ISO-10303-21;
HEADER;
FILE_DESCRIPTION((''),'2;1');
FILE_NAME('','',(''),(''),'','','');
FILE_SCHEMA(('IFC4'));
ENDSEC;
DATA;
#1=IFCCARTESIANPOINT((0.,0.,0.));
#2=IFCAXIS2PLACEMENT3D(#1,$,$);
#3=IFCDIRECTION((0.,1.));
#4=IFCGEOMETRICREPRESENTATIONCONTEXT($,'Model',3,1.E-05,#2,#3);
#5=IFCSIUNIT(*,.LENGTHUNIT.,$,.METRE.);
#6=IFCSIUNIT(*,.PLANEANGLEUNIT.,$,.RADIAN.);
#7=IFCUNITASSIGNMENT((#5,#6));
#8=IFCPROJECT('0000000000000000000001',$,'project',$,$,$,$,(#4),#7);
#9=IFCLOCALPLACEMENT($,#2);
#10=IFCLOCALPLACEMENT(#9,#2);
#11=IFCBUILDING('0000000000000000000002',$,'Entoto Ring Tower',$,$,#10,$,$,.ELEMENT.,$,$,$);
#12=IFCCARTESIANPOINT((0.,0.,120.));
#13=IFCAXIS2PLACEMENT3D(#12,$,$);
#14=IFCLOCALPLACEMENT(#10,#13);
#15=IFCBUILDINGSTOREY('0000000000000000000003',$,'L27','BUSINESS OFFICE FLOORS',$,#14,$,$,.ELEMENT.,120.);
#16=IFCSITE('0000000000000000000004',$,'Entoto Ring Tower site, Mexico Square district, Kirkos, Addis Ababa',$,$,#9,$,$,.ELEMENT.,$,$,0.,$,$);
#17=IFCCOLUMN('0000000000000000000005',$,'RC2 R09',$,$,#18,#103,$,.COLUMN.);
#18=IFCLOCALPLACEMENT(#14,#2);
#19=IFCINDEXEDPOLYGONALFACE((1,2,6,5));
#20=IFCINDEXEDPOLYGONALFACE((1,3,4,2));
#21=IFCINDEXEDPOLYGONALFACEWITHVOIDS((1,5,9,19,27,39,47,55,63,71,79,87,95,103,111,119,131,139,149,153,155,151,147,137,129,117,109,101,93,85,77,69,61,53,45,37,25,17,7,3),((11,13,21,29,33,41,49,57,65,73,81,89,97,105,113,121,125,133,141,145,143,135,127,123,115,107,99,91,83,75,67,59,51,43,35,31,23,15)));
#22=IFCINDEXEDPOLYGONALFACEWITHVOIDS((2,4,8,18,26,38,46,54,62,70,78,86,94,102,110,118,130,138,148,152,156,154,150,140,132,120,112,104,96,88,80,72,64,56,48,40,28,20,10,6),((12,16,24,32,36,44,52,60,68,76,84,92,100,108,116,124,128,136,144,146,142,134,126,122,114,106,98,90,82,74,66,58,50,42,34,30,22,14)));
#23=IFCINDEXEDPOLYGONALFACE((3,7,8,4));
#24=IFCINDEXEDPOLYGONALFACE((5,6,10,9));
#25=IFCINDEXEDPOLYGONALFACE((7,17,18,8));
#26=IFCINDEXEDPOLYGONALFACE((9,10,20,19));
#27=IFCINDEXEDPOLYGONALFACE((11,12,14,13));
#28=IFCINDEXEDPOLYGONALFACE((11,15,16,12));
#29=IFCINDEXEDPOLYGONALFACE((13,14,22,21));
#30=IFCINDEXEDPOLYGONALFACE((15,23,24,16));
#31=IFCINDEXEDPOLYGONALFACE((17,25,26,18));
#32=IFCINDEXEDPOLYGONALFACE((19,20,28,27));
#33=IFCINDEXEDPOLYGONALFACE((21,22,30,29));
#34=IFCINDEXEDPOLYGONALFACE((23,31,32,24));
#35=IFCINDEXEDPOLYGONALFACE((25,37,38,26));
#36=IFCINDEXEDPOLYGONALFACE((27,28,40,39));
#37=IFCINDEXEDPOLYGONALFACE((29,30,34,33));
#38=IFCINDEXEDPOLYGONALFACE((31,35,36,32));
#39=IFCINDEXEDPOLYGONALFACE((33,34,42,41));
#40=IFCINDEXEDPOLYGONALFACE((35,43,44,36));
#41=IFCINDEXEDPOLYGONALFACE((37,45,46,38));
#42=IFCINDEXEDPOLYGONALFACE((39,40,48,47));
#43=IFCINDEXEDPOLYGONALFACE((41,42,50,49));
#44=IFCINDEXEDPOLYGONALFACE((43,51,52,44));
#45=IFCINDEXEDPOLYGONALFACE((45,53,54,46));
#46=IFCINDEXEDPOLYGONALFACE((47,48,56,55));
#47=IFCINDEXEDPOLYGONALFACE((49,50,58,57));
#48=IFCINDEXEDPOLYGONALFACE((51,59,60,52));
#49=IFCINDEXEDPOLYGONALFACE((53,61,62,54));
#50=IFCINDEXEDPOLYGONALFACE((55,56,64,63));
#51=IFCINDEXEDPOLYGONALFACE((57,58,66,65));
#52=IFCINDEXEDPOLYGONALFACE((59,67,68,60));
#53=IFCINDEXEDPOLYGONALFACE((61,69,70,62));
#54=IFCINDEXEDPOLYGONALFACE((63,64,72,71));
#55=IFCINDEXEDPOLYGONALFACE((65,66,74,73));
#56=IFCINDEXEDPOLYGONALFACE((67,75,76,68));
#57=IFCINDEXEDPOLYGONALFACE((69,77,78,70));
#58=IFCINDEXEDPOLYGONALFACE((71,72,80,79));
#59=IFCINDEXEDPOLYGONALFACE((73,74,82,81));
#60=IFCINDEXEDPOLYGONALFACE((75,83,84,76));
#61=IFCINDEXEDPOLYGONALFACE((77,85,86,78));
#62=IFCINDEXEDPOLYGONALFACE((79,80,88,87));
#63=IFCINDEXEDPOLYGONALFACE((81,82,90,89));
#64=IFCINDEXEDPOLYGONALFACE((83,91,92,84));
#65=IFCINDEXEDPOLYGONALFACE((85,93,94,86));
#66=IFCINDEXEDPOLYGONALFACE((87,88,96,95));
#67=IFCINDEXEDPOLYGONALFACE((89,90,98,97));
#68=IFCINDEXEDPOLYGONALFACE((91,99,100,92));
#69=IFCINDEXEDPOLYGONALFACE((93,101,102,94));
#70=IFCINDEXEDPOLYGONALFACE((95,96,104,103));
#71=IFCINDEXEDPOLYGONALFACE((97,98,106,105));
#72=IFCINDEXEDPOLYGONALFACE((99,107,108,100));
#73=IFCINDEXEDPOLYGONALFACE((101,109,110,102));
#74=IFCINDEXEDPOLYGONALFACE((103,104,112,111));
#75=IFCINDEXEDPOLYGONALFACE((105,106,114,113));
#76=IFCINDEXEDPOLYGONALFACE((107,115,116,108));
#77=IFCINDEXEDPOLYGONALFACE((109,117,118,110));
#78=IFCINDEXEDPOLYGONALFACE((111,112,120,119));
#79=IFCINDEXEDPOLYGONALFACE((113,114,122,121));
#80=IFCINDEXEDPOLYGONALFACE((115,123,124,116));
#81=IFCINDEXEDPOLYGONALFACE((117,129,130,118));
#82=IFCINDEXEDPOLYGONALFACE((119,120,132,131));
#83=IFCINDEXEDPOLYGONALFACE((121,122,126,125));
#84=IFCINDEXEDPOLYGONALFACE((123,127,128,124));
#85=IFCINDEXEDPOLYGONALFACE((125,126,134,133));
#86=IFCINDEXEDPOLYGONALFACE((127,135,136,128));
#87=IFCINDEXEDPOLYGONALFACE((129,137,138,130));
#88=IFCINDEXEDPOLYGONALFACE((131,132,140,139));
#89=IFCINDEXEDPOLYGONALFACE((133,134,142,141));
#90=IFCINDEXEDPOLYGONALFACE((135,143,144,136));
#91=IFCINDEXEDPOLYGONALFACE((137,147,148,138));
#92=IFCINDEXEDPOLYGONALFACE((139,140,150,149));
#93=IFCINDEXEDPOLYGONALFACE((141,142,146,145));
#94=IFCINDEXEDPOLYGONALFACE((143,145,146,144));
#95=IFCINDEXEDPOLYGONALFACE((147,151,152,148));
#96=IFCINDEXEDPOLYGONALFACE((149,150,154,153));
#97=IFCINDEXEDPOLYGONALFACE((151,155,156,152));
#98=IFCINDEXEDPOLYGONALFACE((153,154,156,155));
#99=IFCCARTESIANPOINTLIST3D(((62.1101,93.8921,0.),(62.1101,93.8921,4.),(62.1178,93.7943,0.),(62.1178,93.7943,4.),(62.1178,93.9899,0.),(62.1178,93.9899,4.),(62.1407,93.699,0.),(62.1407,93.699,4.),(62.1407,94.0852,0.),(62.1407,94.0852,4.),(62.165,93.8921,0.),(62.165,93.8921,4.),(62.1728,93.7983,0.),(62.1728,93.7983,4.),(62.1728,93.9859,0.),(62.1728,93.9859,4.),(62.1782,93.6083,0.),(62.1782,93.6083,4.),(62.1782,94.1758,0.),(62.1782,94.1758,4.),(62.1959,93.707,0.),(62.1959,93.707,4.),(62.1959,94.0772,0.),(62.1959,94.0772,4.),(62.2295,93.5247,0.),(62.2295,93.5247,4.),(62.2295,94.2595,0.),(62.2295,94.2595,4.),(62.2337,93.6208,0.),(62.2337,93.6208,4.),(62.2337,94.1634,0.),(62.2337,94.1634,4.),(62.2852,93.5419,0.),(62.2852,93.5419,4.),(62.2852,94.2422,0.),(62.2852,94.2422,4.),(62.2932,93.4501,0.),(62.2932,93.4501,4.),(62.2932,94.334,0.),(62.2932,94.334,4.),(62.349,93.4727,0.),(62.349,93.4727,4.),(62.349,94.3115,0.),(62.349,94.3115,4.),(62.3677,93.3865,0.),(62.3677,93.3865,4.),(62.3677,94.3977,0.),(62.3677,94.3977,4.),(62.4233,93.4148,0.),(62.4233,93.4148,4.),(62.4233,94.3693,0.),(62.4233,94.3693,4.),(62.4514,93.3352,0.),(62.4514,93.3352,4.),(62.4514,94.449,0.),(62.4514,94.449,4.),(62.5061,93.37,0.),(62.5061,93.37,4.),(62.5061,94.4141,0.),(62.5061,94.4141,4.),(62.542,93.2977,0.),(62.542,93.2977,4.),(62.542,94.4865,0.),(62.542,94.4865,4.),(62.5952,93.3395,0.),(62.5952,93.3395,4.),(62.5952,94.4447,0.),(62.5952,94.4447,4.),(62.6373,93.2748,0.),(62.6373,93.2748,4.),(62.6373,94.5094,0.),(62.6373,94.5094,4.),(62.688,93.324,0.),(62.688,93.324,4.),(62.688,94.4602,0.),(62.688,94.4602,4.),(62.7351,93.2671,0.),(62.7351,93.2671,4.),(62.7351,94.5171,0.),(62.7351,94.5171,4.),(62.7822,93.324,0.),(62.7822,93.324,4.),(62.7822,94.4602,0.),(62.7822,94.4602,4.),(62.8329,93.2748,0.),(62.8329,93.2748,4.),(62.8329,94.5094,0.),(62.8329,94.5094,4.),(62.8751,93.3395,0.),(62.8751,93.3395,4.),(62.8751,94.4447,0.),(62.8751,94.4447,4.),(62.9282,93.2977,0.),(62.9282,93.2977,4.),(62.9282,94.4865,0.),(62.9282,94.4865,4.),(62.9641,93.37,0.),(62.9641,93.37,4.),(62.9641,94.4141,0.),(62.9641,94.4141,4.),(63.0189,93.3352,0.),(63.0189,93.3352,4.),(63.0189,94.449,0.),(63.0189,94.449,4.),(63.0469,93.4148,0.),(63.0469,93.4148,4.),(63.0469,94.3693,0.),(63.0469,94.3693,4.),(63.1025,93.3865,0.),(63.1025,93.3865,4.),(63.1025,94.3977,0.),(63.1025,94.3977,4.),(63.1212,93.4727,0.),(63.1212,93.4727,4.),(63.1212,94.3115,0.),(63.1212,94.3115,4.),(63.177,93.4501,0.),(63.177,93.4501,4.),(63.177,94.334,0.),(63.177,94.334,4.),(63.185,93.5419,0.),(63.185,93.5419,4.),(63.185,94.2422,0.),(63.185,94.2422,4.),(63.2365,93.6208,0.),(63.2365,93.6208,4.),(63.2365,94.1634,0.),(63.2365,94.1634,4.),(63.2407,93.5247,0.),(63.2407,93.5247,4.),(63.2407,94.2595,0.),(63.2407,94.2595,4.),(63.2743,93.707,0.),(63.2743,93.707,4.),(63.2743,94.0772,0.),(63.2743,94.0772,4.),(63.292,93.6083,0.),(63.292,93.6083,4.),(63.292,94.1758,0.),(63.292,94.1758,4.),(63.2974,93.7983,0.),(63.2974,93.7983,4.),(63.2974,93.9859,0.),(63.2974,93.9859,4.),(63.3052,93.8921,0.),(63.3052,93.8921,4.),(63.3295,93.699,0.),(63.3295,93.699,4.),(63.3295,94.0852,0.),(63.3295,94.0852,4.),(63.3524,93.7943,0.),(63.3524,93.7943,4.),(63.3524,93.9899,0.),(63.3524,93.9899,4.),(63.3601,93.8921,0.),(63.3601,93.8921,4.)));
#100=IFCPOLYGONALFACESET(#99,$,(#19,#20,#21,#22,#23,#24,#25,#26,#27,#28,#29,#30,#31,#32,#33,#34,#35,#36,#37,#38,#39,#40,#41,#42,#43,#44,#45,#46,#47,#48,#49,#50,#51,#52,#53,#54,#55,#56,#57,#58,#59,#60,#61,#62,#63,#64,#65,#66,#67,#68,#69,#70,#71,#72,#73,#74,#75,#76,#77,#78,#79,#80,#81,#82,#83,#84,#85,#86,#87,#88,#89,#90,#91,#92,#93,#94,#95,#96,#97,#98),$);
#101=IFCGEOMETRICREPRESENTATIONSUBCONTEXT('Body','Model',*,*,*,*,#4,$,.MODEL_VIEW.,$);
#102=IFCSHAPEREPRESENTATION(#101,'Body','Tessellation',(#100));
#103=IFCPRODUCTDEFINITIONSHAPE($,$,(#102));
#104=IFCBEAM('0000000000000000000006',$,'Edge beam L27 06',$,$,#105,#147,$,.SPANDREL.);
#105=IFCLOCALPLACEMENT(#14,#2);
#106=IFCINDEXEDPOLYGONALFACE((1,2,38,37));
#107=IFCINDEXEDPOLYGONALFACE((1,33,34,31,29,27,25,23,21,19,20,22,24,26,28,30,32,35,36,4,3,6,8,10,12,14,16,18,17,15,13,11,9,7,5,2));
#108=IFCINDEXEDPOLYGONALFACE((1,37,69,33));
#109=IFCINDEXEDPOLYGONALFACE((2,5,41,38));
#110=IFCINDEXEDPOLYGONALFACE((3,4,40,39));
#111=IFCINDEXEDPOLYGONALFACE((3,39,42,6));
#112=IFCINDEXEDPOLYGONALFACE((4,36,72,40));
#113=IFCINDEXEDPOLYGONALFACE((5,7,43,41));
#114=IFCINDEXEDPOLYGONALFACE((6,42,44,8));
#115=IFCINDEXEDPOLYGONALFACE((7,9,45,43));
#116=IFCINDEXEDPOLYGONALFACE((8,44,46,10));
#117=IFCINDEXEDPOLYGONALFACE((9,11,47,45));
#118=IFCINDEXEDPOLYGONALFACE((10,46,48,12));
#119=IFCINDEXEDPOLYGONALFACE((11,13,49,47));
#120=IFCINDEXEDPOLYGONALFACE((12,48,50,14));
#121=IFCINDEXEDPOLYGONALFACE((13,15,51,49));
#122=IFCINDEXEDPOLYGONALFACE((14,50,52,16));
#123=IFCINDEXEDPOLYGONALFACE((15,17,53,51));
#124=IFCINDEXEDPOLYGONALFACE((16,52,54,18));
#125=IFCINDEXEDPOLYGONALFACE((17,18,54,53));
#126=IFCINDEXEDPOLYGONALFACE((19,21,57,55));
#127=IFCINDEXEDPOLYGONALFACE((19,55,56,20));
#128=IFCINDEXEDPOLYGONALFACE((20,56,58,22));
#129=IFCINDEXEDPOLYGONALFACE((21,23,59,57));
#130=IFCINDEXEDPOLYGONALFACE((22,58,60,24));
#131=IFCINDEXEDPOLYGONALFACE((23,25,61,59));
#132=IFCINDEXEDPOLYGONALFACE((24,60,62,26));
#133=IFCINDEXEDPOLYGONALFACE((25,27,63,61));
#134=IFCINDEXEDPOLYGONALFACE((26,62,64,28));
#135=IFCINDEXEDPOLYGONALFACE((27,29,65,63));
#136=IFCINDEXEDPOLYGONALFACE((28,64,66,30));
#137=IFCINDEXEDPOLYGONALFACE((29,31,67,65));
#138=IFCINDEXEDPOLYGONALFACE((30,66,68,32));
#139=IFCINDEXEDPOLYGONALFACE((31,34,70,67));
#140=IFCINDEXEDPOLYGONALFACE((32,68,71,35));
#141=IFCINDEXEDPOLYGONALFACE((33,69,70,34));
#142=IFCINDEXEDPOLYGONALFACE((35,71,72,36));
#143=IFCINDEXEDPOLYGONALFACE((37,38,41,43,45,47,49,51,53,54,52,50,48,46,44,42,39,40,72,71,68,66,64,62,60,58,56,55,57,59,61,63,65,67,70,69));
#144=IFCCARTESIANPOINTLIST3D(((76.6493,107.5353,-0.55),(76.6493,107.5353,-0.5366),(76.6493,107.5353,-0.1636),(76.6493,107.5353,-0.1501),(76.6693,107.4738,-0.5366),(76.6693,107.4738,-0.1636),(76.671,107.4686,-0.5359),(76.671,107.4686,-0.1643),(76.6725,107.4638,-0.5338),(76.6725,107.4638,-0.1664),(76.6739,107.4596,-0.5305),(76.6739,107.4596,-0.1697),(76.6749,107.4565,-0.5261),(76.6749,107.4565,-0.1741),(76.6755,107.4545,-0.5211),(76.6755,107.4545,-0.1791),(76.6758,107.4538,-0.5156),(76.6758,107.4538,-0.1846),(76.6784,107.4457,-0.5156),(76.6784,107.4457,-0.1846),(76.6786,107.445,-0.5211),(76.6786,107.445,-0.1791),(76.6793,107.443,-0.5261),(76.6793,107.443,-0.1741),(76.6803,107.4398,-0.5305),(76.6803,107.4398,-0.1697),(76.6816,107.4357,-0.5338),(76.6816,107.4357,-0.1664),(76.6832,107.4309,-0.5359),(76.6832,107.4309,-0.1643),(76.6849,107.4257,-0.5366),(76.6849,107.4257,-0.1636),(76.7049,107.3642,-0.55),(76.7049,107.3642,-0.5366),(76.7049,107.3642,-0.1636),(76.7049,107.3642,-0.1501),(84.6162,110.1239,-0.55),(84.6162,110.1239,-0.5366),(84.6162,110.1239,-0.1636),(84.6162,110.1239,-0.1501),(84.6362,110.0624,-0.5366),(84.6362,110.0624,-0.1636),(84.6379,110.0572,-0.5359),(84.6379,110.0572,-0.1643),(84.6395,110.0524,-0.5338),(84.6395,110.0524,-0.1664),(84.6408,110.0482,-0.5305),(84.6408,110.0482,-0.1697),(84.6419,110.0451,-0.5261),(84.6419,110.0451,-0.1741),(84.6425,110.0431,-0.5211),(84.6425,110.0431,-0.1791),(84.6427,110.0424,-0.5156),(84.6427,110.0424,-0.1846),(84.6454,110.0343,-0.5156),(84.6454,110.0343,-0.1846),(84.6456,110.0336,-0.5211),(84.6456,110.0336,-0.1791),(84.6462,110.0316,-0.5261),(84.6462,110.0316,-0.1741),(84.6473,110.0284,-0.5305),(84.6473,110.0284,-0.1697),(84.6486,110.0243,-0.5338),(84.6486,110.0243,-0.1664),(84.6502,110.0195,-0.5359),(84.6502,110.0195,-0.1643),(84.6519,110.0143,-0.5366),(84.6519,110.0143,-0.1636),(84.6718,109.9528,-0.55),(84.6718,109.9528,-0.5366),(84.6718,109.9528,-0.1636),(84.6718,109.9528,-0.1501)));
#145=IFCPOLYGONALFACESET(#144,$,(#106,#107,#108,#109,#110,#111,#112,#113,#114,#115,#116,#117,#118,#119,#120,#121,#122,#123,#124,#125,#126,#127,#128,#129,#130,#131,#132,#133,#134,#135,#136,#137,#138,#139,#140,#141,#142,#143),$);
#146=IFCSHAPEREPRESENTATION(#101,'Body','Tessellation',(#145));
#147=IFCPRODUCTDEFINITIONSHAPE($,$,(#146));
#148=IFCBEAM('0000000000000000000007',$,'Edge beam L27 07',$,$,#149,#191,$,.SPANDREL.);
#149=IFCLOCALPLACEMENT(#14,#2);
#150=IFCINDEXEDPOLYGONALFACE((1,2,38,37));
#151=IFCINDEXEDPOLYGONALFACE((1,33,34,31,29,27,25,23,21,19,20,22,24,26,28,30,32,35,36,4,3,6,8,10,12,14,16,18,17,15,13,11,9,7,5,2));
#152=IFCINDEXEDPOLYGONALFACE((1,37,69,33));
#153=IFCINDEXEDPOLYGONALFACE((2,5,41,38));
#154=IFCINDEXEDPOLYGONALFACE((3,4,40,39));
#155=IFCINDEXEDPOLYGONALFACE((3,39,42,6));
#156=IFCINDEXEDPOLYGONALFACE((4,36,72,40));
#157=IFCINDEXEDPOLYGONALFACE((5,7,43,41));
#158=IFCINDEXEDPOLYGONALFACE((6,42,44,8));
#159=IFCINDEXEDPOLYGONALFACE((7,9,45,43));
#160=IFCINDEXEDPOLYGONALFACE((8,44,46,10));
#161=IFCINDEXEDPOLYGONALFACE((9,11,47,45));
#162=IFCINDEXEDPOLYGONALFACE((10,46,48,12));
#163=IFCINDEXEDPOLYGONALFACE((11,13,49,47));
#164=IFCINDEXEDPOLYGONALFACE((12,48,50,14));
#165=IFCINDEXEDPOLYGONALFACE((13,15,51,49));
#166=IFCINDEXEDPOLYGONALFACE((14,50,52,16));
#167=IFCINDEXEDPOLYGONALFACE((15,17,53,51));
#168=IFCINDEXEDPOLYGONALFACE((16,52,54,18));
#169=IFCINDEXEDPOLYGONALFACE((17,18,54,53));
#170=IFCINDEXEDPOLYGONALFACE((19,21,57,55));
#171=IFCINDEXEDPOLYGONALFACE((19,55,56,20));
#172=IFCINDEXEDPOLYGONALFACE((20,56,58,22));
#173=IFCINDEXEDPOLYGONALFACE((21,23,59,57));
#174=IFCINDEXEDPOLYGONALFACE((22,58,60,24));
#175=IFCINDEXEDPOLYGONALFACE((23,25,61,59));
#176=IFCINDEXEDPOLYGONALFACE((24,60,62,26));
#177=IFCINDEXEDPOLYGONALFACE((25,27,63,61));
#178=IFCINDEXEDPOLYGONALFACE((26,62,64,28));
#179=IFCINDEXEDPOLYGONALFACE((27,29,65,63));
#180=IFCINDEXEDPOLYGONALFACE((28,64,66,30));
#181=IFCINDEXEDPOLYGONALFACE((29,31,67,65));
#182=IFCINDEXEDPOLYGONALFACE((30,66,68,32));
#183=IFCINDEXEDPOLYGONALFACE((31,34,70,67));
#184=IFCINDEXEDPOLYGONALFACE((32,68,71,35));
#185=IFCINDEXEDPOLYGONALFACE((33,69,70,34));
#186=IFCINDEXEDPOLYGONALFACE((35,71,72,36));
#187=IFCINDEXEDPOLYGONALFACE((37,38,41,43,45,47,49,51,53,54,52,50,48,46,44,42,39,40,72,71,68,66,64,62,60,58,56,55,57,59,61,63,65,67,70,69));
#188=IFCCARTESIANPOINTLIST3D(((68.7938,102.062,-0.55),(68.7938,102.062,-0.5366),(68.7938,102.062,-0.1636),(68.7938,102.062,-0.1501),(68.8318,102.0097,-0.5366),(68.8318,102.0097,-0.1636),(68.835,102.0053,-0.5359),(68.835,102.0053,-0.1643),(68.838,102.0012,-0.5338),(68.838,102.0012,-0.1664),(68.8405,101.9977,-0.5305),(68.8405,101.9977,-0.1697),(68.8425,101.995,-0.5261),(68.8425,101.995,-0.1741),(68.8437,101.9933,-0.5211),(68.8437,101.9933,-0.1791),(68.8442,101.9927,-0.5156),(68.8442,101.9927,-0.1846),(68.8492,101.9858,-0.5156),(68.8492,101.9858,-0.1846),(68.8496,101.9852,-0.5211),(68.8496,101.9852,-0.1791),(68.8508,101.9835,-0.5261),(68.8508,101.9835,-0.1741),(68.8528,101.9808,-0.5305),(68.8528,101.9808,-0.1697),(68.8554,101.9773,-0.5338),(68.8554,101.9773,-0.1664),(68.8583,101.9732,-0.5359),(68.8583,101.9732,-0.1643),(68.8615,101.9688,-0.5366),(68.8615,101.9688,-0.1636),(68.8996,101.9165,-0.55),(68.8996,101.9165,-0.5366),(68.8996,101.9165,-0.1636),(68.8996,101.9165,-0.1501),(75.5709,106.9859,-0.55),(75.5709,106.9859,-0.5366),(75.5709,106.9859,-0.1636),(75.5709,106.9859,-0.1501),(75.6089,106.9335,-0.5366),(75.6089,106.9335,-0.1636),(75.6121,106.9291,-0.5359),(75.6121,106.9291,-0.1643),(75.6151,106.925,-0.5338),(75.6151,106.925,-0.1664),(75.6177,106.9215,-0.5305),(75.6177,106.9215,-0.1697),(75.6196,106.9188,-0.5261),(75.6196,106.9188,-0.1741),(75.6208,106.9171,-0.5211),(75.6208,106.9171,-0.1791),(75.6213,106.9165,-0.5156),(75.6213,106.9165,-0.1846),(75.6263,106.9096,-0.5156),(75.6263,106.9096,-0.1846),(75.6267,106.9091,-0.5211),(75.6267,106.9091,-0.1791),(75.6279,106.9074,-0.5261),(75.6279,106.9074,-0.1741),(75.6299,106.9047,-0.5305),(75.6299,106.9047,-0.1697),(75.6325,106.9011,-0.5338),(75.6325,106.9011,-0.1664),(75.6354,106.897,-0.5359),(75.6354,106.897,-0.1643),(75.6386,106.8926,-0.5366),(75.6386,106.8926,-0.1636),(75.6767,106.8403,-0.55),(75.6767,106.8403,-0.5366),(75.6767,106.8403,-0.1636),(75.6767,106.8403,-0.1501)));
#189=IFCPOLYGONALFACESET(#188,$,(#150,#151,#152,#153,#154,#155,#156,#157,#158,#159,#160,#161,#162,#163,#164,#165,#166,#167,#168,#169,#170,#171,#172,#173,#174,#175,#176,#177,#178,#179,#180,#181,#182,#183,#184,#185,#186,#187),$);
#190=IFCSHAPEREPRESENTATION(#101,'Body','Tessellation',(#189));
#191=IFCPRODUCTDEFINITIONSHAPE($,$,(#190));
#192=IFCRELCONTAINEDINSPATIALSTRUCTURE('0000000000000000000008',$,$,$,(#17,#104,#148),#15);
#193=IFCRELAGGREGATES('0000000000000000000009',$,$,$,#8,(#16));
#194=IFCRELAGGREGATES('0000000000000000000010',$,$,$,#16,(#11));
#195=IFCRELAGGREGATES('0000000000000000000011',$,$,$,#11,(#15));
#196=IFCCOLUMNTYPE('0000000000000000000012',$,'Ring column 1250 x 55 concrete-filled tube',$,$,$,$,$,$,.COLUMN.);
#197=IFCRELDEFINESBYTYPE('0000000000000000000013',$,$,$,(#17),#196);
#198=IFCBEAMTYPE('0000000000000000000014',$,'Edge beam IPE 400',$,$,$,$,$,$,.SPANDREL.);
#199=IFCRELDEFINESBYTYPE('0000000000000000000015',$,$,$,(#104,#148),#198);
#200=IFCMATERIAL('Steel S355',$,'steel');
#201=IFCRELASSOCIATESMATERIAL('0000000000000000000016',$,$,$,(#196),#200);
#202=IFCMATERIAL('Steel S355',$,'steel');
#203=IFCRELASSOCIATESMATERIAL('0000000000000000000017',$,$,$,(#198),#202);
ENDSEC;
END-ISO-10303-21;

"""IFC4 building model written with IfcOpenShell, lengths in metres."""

from ifc_helpers import new_model, si_unit, direction, frame, origin, origin_2d, place, context, subcontext, project, spatial, circle, hollow_circle, i_section, extrude, material, material_profile, profile_set, type_object, element, save


model = new_model("IFC4")

# Units and contexts
model_context = context("Model", 3, precision=1e-05, world=origin(), true_north=direction((0.0, 1.0)))
body_context = subcontext(model_context, "Body", "Model", "MODEL_VIEW")
ifc_project = project(units=[si_unit("LENGTHUNIT", "METRE"), si_unit("PLANEANGLEUNIT", "RADIAN")], contexts=[model_context])

# Site, building, storey
site_placement = place(None, origin())
site = spatial("IfcSite", under=ifc_project, at=site_placement, Name="Entoto Ring Tower site, Mexico Square district, Kirkos, Addis Ababa", CompositionType="ELEMENT", RefElevation=0.0)
building_placement = place(site_placement, origin())
building = spatial("IfcBuilding", under=site, at=building_placement, Name="Entoto Ring Tower", CompositionType="ELEMENT")
storey_placement = place(building_placement, frame((0.0, 0.0, 120.0)))
storey = spatial("IfcBuildingStorey", under=building, at=storey_placement, Name="L27", Description="BUSINESS OFFICE FLOORS", CompositionType="ELEMENT", Elevation=120.0)

# Column
ifc_material_1 = material(Name="Steel S355", Category="steel")
ifc_material_profile_1 = material_profile(ifc_material_1, hollow_circle(Radius=0.625, WallThickness=0.0549, at=origin_2d()), Name="CHS 1250 x 55")
ifc_material_2 = material(Name="Concrete C60/75", Category="concrete")
ifc_material_profile_2 = material_profile(ifc_material_2, circle(Radius=0.5701, at=origin_2d()), Name="Concrete C60/75 infill")
ifc_profile_set_1 = profile_set([ifc_material_profile_1, ifc_material_profile_2], Name="Steel S355")
column_type = type_object("IfcColumnType", Name="Ring column 1250 x 55 concrete-filled tube", PredefinedType="COLUMN", material=ifc_profile_set_1)
for number, where, z_axis, x_axis, name in (
    (1, (62.7351, 93.8921, 0.0), (0.0, 0.0, 1.0), (1.0, 0.0, 0.0), "RC2 R09"),
):
    element("IfcColumn", number, at=place(storey_placement, frame(where, z_axis=z_axis, x_axis=x_axis)), inside=storey, type_object=column_type, Name=name, PredefinedType="COLUMN", context=body_context, shape_type="SweptSolid", body=[
        extrude(hollow_circle(Radius=0.625, WallThickness=0.0549, at=origin_2d()), origin(), (0.0, 0.0, 1.0), 4.0),
    ])

# Beams
ifc_material_3 = material(Name="Steel S355", Category="steel")
ifc_material_profile_3 = material_profile(ifc_material_3, i_section(OverallWidth=0.1799, OverallDepth=0.3999, WebThickness=0.0085, FlangeThickness=0.0134, FilletRadius=0.021, at=origin_2d()), Name="IPE 400")
ifc_profile_set_2 = profile_set([ifc_material_profile_3], Name="Steel S355")
beam_type_1 = type_object("IfcBeamType", Name="Edge beam IPE 400", PredefinedType="SPANDREL", material=ifc_profile_set_2)
for number, where, z_axis, x_axis, name in (
    (2, (84.644, 110.0383, -0.3501), (-0.951057, -0.309014, 0.0), (0.309014, -0.951057, 0.0), "Edge beam L27 06"),
    (3, (75.6238, 106.9131, -0.3501), (-0.809018, -0.587783, 0.0), (0.587783, -0.809018, 0.0), "Edge beam L27 07"),
):
    element("IfcBeam", number, at=place(storey_placement, frame(where, z_axis=z_axis, x_axis=x_axis)), inside=storey, type_object=beam_type_1, Name=name, PredefinedType="SPANDREL", context=body_context, shape_type="SweptSolid", body=[
        extrude(i_section(OverallWidth=0.1799, OverallDepth=0.3999, WebThickness=0.0085, FlangeThickness=0.0134, FilletRadius=0.021, at=origin_2d()), origin(), (0.0, 0.0, 1.0), 8.377),
    ])

save(model, "model.ifc")
